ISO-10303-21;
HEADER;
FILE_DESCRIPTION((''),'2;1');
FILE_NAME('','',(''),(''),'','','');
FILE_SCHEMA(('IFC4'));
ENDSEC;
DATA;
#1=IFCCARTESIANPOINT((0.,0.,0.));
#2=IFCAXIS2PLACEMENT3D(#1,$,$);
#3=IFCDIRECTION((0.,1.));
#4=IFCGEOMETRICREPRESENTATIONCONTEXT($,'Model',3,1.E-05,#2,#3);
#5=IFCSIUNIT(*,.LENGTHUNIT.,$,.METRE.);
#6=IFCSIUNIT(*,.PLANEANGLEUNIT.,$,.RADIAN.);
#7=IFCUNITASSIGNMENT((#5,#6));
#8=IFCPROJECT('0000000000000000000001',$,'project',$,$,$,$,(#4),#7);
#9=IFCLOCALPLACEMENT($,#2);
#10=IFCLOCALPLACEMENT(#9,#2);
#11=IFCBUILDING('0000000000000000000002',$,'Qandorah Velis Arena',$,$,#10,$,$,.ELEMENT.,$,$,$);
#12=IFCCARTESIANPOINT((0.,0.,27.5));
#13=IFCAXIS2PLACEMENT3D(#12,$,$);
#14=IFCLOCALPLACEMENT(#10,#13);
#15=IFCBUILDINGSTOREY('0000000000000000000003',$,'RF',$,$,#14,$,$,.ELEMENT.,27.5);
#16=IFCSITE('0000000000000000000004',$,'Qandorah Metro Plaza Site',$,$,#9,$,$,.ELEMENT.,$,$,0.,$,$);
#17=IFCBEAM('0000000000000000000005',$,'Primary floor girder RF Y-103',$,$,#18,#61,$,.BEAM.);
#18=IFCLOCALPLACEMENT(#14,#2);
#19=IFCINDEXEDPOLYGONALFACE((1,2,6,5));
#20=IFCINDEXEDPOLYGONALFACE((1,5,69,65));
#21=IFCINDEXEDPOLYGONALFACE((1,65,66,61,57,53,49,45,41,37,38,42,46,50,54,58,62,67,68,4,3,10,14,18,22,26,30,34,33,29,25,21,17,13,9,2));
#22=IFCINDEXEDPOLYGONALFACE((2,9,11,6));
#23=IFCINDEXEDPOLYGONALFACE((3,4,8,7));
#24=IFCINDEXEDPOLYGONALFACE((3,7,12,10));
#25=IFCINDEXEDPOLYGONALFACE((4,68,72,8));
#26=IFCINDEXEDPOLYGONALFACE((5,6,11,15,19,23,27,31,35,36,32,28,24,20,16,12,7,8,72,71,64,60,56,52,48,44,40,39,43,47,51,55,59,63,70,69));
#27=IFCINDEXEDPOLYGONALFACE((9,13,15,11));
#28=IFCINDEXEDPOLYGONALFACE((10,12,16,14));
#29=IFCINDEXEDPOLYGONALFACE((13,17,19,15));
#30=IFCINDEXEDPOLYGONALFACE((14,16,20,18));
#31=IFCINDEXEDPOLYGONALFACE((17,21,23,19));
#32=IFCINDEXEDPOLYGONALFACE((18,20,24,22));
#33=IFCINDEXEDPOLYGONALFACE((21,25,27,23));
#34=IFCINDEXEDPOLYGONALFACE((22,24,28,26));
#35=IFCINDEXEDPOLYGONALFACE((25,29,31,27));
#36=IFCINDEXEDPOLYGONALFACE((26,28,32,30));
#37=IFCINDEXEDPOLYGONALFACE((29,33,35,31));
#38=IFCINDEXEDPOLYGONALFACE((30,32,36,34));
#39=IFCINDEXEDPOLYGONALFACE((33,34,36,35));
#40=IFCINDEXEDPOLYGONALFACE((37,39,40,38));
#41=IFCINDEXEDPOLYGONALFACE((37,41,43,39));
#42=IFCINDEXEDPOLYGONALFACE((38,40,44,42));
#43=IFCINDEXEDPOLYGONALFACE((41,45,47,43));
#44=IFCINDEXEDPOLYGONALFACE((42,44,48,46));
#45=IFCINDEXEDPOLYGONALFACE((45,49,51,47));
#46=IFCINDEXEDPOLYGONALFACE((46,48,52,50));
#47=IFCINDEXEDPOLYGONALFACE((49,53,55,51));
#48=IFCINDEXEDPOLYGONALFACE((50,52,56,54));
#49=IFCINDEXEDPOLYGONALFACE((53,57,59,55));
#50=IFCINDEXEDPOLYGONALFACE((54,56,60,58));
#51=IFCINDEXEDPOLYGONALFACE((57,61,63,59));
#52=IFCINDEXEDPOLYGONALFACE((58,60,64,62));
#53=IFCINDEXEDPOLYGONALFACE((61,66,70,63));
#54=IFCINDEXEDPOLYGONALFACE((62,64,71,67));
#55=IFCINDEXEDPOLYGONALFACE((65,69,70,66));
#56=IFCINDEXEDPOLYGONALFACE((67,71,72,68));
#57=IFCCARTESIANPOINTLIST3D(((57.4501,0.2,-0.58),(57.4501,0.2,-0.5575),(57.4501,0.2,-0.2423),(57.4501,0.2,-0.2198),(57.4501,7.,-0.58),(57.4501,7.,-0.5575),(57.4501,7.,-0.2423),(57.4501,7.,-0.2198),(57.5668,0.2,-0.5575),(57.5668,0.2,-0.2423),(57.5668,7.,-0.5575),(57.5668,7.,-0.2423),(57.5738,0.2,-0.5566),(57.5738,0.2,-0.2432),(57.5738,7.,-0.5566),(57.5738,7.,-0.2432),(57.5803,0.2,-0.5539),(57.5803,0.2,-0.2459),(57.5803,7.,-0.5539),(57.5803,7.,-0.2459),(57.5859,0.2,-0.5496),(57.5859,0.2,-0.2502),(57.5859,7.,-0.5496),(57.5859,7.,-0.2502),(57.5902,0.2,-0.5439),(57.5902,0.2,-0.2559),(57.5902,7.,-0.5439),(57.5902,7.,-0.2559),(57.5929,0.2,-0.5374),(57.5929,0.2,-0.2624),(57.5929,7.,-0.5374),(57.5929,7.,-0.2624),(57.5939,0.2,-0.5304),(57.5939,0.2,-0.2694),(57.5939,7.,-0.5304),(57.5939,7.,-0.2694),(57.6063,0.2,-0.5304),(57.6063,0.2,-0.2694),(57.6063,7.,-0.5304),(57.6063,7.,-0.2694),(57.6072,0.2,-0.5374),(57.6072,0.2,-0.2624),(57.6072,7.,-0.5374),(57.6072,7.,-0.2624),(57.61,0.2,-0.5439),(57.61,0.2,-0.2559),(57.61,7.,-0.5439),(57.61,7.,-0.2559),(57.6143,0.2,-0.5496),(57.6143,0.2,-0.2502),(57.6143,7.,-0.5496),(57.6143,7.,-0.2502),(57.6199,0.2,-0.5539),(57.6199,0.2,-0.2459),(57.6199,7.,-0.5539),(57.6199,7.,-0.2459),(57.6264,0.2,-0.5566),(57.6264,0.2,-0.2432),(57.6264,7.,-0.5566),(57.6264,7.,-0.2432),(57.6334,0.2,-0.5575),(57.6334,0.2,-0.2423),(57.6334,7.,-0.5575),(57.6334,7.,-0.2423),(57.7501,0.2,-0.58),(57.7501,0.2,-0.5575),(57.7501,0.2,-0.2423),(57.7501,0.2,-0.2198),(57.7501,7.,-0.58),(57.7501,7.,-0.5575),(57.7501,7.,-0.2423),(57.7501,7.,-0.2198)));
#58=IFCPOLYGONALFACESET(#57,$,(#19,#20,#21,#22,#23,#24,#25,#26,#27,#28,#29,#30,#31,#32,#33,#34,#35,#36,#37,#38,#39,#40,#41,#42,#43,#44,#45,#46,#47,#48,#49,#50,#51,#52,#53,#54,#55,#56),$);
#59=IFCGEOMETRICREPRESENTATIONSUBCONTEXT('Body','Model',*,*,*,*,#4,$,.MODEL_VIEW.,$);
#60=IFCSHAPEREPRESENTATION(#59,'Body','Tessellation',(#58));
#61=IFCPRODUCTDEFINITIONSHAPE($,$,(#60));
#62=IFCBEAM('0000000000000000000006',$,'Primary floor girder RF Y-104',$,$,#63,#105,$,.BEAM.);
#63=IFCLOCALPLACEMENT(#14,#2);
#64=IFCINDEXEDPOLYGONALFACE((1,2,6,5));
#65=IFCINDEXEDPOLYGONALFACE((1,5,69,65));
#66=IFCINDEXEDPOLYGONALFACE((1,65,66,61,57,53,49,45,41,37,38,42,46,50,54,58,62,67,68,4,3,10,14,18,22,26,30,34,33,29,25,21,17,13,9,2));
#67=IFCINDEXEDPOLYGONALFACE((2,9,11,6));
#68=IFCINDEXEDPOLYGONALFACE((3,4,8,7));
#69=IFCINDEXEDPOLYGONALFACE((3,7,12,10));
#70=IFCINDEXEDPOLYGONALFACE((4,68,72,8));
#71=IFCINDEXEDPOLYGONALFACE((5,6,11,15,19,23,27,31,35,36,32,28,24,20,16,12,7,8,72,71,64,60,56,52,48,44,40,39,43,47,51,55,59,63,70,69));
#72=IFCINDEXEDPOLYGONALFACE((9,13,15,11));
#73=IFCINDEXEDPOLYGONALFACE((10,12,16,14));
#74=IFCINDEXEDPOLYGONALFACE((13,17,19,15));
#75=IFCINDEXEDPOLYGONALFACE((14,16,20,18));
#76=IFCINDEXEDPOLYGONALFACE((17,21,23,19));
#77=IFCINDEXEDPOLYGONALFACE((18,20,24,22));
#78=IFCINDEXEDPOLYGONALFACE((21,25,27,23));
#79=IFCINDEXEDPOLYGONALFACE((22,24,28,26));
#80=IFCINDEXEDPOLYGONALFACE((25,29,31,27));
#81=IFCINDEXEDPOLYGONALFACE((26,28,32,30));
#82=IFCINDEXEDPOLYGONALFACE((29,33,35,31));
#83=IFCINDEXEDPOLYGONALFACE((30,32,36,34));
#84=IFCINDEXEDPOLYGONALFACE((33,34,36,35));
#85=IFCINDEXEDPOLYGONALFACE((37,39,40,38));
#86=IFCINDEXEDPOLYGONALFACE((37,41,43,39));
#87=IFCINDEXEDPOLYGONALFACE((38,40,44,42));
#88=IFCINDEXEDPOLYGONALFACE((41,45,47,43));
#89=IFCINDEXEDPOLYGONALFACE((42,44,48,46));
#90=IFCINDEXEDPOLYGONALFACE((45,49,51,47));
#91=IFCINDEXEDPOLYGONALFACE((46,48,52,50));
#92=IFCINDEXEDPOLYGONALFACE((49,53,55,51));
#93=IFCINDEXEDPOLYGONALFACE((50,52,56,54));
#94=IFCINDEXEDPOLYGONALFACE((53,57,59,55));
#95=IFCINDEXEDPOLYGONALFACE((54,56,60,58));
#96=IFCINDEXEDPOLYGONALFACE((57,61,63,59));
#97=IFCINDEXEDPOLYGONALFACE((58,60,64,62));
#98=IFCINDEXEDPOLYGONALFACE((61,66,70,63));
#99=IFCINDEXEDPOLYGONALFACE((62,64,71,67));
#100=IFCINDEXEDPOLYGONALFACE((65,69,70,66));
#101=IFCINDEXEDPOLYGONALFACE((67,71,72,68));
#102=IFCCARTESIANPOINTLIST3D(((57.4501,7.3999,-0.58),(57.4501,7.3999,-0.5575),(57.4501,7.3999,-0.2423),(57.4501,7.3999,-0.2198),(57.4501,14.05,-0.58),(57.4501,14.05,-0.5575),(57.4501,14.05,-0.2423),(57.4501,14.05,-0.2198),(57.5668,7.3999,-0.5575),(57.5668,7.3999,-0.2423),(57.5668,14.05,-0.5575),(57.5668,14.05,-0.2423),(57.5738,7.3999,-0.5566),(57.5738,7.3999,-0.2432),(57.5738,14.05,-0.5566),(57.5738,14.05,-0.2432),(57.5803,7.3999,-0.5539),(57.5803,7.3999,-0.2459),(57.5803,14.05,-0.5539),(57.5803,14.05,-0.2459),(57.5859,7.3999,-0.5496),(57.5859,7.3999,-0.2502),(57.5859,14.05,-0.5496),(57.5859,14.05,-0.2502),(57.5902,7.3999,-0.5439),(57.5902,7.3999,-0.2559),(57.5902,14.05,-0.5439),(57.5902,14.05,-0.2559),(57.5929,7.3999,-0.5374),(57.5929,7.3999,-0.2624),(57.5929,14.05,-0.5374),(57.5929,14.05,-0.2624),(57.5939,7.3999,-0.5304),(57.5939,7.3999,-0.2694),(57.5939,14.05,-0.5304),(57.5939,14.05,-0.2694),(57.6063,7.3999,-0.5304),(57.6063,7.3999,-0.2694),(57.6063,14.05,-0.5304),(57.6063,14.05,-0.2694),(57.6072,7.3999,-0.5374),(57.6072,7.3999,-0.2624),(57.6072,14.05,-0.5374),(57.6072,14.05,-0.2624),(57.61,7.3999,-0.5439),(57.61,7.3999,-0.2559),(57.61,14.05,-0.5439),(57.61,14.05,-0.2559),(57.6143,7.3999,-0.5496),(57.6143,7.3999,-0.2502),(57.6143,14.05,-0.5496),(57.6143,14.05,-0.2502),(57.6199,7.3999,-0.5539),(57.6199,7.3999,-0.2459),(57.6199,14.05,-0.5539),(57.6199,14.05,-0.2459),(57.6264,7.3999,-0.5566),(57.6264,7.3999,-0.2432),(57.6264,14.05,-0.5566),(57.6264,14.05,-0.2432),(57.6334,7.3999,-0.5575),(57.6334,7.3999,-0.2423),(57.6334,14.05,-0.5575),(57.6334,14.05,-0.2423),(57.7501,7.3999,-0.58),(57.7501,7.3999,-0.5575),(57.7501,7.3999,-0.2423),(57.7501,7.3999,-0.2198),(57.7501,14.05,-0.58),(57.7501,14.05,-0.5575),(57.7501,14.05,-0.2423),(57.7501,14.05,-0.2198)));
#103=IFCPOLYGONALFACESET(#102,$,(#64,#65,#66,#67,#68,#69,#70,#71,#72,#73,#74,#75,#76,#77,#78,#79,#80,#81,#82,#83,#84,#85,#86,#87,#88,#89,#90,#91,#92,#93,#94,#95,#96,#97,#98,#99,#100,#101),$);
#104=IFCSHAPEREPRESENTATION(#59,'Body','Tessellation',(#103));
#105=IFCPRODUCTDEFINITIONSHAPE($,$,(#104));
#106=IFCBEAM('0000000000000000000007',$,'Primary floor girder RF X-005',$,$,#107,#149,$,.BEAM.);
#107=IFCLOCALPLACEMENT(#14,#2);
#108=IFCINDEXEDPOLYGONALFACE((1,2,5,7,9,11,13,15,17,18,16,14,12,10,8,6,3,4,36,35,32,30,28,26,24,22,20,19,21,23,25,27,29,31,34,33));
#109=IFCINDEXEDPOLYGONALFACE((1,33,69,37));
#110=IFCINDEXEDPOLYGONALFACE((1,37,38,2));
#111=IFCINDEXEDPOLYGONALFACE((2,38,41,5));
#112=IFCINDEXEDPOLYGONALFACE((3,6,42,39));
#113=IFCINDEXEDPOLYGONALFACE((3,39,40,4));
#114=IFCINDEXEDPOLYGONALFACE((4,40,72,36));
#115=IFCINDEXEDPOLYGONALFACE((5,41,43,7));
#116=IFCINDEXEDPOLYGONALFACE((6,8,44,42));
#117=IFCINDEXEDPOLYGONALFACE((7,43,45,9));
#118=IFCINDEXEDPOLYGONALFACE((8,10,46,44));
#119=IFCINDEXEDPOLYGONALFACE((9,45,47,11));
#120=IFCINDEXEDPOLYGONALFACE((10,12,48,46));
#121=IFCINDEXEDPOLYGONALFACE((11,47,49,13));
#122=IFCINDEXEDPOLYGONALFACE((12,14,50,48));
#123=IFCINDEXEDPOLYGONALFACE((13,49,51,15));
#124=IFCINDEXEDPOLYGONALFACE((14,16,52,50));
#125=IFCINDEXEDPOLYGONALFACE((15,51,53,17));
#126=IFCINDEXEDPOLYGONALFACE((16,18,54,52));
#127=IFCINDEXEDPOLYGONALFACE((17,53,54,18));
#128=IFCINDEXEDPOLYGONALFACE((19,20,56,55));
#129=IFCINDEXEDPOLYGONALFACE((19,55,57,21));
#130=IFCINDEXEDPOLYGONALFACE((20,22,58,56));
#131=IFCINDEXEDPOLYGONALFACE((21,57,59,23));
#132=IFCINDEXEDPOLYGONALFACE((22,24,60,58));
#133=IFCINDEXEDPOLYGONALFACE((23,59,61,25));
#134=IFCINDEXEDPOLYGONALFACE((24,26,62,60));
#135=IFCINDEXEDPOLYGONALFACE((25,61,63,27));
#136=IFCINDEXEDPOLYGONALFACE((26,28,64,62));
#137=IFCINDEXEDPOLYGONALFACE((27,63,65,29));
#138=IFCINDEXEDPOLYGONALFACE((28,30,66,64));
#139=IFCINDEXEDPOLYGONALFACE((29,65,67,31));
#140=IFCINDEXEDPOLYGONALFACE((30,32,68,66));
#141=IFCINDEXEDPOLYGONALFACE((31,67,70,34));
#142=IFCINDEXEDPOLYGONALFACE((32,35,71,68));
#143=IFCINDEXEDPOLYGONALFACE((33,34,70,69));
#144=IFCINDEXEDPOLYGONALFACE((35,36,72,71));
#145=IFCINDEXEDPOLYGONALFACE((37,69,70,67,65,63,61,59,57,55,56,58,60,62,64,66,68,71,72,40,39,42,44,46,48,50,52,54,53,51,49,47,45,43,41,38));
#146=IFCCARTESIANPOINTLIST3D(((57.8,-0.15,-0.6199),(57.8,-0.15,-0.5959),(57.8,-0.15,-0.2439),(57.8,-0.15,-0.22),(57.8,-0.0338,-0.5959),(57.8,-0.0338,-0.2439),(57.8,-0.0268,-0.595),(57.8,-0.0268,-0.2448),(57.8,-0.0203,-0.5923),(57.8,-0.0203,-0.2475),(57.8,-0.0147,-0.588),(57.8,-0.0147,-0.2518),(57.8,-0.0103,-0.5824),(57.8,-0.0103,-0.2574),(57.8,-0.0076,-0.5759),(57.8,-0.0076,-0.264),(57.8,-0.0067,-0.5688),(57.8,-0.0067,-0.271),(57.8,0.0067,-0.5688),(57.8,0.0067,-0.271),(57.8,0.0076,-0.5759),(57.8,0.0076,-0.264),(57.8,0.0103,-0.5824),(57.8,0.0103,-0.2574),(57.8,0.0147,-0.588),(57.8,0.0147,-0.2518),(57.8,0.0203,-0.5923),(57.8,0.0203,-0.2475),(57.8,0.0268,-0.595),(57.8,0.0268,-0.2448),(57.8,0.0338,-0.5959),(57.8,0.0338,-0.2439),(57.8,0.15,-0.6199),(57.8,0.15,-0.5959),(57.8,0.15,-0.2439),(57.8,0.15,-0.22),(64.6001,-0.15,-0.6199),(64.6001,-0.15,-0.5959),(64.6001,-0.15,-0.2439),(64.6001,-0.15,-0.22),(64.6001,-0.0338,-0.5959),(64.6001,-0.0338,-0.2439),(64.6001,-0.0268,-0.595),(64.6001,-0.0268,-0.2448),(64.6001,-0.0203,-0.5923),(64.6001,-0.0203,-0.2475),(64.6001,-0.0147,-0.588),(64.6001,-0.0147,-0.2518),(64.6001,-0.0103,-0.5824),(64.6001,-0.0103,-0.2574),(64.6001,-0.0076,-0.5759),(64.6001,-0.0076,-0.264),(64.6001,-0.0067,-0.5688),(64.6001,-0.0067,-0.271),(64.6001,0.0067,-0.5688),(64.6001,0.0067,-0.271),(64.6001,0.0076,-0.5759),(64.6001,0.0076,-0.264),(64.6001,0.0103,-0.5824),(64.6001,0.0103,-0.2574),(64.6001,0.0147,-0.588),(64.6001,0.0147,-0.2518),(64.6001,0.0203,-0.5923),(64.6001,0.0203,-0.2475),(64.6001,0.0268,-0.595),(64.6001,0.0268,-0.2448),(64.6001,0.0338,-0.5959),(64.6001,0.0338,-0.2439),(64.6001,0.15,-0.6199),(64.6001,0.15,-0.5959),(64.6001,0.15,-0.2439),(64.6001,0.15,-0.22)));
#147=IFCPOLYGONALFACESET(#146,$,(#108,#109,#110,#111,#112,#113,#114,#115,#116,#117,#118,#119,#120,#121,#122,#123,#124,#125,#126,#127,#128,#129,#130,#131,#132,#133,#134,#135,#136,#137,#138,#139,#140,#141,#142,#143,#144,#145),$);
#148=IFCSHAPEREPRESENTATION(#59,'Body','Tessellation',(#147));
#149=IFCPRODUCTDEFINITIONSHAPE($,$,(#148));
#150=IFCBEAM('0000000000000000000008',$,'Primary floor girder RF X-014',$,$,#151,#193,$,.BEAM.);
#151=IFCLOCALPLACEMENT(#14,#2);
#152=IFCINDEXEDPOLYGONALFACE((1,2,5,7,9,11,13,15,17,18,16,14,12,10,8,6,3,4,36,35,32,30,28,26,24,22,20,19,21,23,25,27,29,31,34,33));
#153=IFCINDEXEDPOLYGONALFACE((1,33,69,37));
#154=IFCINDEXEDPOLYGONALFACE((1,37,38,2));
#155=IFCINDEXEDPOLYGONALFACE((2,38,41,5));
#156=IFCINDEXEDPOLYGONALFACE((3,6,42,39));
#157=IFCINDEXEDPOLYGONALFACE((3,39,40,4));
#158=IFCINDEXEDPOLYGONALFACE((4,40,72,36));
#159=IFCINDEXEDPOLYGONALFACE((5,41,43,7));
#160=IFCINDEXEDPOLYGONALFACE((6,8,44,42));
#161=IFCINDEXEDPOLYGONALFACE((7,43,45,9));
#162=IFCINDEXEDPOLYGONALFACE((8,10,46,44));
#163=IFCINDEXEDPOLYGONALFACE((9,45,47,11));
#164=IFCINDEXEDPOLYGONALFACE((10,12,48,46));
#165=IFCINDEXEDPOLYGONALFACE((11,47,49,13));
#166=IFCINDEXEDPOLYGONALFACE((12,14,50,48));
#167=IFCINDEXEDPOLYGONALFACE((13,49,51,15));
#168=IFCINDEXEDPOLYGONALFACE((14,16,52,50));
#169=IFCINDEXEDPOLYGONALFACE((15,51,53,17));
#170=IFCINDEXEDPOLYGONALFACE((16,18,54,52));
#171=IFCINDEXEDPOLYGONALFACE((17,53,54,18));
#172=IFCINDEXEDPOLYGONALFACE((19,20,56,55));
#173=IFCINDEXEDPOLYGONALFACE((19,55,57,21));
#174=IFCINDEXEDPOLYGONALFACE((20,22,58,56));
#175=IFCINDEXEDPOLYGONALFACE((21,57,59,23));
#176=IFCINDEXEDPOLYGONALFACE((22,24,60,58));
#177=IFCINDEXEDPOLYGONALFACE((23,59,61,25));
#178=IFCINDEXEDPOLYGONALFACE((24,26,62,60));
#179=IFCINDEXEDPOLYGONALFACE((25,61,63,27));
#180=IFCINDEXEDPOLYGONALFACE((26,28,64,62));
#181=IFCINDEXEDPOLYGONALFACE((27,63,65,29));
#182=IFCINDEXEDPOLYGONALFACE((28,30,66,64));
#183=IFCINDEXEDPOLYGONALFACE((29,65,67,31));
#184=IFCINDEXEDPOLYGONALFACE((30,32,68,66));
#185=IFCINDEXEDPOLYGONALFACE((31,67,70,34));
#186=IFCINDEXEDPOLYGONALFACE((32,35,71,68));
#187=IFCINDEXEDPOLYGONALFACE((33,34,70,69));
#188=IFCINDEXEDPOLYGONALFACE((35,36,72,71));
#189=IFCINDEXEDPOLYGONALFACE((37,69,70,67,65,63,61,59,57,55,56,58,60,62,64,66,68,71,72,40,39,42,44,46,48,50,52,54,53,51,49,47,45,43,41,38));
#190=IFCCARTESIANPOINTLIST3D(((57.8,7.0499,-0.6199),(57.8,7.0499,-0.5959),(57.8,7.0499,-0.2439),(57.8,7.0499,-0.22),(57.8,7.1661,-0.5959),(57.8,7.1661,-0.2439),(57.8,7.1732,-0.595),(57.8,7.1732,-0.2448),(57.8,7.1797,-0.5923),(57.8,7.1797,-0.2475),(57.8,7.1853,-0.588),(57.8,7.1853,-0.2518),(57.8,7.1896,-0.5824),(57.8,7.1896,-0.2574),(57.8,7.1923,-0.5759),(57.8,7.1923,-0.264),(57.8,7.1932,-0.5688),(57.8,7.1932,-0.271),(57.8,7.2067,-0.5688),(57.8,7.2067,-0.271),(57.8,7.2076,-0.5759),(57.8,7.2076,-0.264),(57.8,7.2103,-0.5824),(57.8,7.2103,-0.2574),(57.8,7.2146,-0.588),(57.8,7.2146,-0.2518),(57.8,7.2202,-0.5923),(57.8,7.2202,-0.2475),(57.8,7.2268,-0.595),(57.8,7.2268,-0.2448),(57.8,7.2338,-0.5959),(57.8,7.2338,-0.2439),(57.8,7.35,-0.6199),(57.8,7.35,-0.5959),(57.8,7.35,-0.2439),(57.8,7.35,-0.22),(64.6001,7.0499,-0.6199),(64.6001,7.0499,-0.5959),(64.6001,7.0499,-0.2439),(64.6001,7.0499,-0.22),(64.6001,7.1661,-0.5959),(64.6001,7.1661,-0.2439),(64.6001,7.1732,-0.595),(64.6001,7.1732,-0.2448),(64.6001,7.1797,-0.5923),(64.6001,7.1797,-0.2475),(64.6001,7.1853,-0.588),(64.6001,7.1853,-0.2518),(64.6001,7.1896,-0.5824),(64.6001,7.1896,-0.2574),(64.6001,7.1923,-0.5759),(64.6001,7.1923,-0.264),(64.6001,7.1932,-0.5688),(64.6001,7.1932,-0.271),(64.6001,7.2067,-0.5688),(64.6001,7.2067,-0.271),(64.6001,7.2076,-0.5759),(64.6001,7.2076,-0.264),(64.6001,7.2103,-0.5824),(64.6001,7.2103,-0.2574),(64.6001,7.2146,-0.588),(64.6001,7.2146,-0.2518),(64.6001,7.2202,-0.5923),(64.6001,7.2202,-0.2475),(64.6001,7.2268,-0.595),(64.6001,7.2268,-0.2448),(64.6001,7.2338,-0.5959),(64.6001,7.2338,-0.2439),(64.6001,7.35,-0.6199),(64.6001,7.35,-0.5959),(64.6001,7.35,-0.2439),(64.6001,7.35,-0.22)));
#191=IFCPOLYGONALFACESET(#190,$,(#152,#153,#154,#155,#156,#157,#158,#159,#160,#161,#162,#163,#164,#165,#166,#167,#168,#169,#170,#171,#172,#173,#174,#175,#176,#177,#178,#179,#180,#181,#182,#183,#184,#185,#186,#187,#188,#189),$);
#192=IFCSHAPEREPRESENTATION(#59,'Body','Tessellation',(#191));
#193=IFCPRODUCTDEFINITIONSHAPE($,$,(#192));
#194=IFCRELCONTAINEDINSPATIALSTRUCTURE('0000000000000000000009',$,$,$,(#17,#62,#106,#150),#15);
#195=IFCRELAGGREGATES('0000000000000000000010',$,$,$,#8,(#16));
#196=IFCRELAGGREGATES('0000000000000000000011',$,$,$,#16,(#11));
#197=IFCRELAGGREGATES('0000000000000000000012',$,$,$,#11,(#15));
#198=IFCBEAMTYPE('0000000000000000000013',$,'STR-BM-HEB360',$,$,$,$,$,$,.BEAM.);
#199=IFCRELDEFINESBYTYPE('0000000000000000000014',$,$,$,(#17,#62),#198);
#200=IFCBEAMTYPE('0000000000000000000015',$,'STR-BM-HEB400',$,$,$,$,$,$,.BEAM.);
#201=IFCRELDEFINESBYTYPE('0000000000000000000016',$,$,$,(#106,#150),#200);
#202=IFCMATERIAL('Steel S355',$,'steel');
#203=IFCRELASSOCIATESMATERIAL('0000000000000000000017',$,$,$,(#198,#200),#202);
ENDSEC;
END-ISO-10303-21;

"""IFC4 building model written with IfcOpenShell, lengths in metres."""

from ifc_helpers import new_model, si_unit, direction, frame, origin, origin_2d, place, context, subcontext, project, spatial, i_section, extrude, material, material_profile, profile_set, type_object, element, save


model = new_model("IFC4")

# Units and contexts
model_context = context("Model", 3, precision=1e-05, world=origin(), true_north=direction((0.0, 1.0)))
body_context = subcontext(model_context, "Body", "Model", "MODEL_VIEW")
ifc_project = project(units=[si_unit("LENGTHUNIT", "METRE"), si_unit("PLANEANGLEUNIT", "RADIAN")], contexts=[model_context])

# Site, building, storey
site_placement = place(None, origin())
site = spatial("IfcSite", under=ifc_project, at=site_placement, Name="Qandorah Metro Plaza Site", CompositionType="ELEMENT", RefElevation=0.0)
building_placement = place(site_placement, origin())
building = spatial("IfcBuilding", under=site, at=building_placement, Name="Qandorah Velis Arena", CompositionType="ELEMENT")
storey_placement = place(building_placement, frame((0.0, 0.0, 27.5)))
storey = spatial("IfcBuildingStorey", under=building, at=storey_placement, Name="RF", CompositionType="ELEMENT", Elevation=27.5)

# Beams
ifc_material_1 = material(Name="Steel S355", Category="steel")
ifc_material_profile_1 = material_profile(ifc_material_1, i_section(OverallWidth=0.3, OverallDepth=0.3601, WebThickness=0.0125, FlangeThickness=0.0225, FilletRadius=0.0271, at=origin_2d()), Name="HEB 360")
ifc_profile_set_1 = profile_set([ifc_material_profile_1], Name="Steel S355")
beam_type_1 = type_object("IfcBeamType", Name="STR-BM-HEB360", PredefinedType="BEAM", material=ifc_profile_set_1)
beam_1_placement = place(storey_placement, frame((57.6001, 0.2, -0.3999), z_axis=(0.0, 1.0, 0.0), x_axis=(-1.0, 0.0, 0.0)))
element("IfcBeam", 1, at=beam_1_placement, inside=storey, type_object=beam_type_1, Name="Primary floor girder RF Y-103", PredefinedType="BEAM", context=body_context, shape_type="SweptSolid", body=[
    extrude(i_section(OverallWidth=0.3, OverallDepth=0.3601, WebThickness=0.0125, FlangeThickness=0.0225, FilletRadius=0.0271, at=origin_2d()), origin(), (0.0, 0.0, 1.0), 6.8),
])
beam_2_placement = place(storey_placement, frame((57.6001, 7.3999, -0.3999), z_axis=(0.0, 1.0, 0.0), x_axis=(-1.0, 0.0, 0.0)))
element("IfcBeam", 2, at=beam_2_placement, inside=storey, type_object=beam_type_1, Name="Primary floor girder RF Y-104", PredefinedType="BEAM", context=body_context, shape_type="SweptSolid", body=[
    extrude(i_section(OverallWidth=0.3, OverallDepth=0.3601, WebThickness=0.0125, FlangeThickness=0.0225, FilletRadius=0.0271, at=origin_2d()), origin(), (0.0, 0.0, 1.0), 6.6501),
])
ifc_material_profile_2 = material_profile(ifc_material_1, i_section(OverallWidth=0.3, OverallDepth=0.3999, WebThickness=0.0134, FlangeThickness=0.0239, FilletRadius=0.0271, at=origin_2d()), Name="HEB 400")
ifc_profile_set_2 = profile_set([ifc_material_profile_2], Name="Steel S355")
beam_type_2 = type_object("IfcBeamType", Name="STR-BM-HEB400", PredefinedType="BEAM", material=ifc_profile_set_2)
for number, where, z_axis, x_axis, name in (
    (3, (57.8, 0.0, -0.4199), (1.0, 0.0, 0.0), (0.0, 1.0, 0.0), "Primary floor girder RF X-005"),
    (4, (57.8, 7.2, -0.4199), (1.0, 0.0, 0.0), (0.0, 1.0, 0.0), "Primary floor girder RF X-014"),
):
    element("IfcBeam", number, at=place(storey_placement, frame(where, z_axis=z_axis, x_axis=x_axis)), inside=storey, type_object=beam_type_2, Name=name, PredefinedType="BEAM", context=body_context, shape_type="SweptSolid", body=[
        extrude(i_section(OverallWidth=0.3, OverallDepth=0.3999, WebThickness=0.0134, FlangeThickness=0.0239, FilletRadius=0.0271, at=origin_2d()), origin(), (0.0, 0.0, 1.0), 6.8),
    ])

save(model, "model.ifc")
